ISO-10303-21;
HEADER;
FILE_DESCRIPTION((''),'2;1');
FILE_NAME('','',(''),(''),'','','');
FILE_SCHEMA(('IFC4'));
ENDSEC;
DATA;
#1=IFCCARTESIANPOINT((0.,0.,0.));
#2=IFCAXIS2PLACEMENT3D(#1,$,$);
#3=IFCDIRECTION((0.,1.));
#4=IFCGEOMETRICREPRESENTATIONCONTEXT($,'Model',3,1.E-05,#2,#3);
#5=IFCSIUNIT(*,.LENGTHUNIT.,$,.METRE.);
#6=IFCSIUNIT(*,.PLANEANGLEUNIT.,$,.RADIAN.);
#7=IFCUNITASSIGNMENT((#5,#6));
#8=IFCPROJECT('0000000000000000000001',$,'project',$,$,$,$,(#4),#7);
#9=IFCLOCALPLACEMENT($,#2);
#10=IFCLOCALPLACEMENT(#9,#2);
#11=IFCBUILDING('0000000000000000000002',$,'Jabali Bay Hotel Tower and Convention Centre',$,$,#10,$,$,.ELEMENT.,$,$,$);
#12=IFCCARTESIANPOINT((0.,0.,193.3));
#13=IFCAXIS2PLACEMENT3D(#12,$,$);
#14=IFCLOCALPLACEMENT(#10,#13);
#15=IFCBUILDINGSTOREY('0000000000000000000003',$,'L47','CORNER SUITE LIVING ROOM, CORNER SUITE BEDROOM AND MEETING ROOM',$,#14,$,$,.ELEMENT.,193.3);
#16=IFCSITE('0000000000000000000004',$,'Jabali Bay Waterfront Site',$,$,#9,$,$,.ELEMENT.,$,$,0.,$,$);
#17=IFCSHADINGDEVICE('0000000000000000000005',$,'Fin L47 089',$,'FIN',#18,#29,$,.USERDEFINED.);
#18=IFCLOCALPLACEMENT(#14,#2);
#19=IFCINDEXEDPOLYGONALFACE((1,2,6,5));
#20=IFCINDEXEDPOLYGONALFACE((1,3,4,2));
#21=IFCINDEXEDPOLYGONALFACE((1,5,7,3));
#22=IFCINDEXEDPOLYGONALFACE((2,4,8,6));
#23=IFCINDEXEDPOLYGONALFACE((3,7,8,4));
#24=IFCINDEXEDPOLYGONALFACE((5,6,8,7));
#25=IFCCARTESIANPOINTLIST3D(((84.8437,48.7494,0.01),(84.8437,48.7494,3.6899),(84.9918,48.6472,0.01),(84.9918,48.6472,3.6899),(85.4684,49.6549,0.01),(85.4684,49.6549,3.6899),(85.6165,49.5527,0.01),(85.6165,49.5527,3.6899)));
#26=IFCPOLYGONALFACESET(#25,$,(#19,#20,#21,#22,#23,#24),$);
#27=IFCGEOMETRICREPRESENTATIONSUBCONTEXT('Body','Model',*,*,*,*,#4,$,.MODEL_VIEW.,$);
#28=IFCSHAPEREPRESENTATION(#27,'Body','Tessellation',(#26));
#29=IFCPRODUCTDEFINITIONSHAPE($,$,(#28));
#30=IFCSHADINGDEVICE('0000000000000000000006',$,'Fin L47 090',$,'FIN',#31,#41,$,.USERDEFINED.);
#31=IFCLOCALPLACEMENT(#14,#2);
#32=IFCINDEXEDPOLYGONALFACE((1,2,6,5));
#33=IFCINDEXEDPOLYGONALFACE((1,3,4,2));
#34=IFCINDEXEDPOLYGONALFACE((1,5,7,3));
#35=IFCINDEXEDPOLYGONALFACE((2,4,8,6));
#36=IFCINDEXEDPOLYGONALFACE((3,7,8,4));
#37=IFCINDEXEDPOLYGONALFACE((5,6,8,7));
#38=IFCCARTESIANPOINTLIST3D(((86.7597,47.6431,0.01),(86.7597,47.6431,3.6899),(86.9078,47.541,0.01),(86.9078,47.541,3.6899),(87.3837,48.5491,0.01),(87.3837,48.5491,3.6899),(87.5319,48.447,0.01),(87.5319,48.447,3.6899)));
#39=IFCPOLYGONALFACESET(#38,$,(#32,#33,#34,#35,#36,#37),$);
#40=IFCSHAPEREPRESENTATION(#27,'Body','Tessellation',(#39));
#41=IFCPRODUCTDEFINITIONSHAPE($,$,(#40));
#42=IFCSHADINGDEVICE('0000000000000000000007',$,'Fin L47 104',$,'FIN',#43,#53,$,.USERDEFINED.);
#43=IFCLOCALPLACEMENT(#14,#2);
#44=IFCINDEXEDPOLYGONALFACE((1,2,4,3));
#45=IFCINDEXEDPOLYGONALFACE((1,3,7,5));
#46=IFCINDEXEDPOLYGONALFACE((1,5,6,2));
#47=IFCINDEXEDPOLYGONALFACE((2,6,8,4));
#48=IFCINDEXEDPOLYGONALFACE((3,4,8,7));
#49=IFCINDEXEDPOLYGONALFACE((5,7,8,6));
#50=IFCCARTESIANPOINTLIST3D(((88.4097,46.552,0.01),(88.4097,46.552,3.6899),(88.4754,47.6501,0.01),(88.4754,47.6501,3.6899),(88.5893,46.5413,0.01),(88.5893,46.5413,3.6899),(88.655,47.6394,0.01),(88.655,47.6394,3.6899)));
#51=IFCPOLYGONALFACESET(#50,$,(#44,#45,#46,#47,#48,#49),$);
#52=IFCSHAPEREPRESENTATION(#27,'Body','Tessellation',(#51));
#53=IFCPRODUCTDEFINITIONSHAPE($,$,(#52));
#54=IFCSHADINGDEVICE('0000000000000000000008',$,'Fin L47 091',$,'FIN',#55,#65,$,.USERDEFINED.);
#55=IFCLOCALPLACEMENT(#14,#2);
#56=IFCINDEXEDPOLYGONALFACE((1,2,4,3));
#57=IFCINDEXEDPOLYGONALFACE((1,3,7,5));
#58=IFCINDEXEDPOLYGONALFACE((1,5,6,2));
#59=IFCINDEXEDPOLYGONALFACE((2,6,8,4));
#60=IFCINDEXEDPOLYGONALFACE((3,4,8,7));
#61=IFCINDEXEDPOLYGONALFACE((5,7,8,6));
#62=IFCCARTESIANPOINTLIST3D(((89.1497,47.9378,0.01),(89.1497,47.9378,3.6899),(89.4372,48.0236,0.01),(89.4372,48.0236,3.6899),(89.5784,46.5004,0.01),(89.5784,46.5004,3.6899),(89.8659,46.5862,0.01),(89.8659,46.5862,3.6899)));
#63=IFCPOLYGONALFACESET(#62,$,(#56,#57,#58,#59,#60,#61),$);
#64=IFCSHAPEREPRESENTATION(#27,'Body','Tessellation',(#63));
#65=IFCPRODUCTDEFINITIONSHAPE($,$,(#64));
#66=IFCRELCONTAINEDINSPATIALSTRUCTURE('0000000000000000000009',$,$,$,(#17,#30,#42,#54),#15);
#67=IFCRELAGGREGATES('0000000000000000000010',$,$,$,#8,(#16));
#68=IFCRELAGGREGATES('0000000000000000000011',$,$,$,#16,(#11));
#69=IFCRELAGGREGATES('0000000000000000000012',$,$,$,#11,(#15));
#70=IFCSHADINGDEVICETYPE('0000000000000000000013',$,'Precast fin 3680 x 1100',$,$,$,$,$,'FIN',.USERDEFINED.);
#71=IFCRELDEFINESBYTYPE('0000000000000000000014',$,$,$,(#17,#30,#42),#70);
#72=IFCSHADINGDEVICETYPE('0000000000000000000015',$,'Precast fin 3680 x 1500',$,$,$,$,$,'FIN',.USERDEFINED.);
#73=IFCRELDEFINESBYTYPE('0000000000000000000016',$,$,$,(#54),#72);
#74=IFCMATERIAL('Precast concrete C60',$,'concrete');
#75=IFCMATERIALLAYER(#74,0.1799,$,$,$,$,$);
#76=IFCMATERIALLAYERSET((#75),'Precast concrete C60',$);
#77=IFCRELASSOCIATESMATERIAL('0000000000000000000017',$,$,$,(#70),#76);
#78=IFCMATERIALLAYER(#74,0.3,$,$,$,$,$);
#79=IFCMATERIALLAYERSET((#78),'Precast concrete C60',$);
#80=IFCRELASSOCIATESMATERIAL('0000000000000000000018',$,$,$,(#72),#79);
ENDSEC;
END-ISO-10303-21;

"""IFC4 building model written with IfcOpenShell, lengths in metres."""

from ifc_helpers import new_model, si_unit, direction, frame, frame_2d, origin, place, context, subcontext, project, spatial, rectangle, extrude, material, layer, layer_set, type_object, element, save


model = new_model("IFC4")

# Units and contexts
model_context = context("Model", 3, precision=1e-05, world=origin(), true_north=direction((0.0, 1.0)))
body_context = subcontext(model_context, "Body", "Model", "MODEL_VIEW")
ifc_project = project(units=[si_unit("LENGTHUNIT", "METRE"), si_unit("PLANEANGLEUNIT", "RADIAN")], contexts=[model_context])

# Site, building, storey
site_placement = place(None, origin())
site = spatial("IfcSite", under=ifc_project, at=site_placement, Name="Jabali Bay Waterfront Site", CompositionType="ELEMENT", RefElevation=0.0)
building_placement = place(site_placement, origin())
building = spatial("IfcBuilding", under=site, at=building_placement, Name="Jabali Bay Hotel Tower and Convention Centre", CompositionType="ELEMENT")
storey_placement = place(building_placement, frame((0.0, 0.0, 193.3)))
storey = spatial("IfcBuildingStorey", under=building, at=storey_placement, Name="L47", Description="CORNER SUITE LIVING ROOM, CORNER SUITE BEDROOM AND MEETING ROOM", CompositionType="ELEMENT", Elevation=193.3)

# Shading devices
ifc_material_1 = material(Name="Precast concrete C60", Category="concrete")
ifc_layer_1 = layer(ifc_material_1, 0.1799)
ifc_layer_set_1 = layer_set([ifc_layer_1], Name="Precast concrete C60")
shading_device_type_1 = type_object("IfcShadingDeviceType", Name="Precast fin 3680 x 1100", ElementType="FIN", PredefinedType="USERDEFINED", material=ifc_layer_set_1)
for number, where, z_axis, x_axis, name in (
    (1, (85.5425, 49.6038, 0.01), (0.0, 0.0, 1.0), (-0.567894, -0.823102, 0.0), "Fin L47 089"),
    (2, (87.4578, 48.498, 0.01), (0.0, 0.0, 1.0), (-0.567235, -0.823556, 0.0), "Fin L47 090"),
    (3, (88.5652, 47.6448, 0.01), (0.0, 0.0, 1.0), (-0.059698, -0.998217, 0.0), "Fin L47 104"),
):
    element("IfcShadingDevice", number, at=place(storey_placement, frame(where, z_axis=z_axis, x_axis=x_axis)), inside=storey, type_object=shading_device_type_1, Name=name, ObjectType="FIN", PredefinedType="USERDEFINED", context=body_context, shape_type="SweptSolid", body=[
        extrude(rectangle(XDim=1.1001, YDim=0.1799, at=frame_2d((0.55, 0.0))), origin(), (0.0, 0.0, 1.0), 3.6799),
    ])
ifc_layer_2 = layer(ifc_material_1, 0.3)
ifc_layer_set_2 = layer_set([ifc_layer_2], Name="Precast concrete C60")
shading_device_type_2 = type_object("IfcShadingDeviceType", Name="Precast fin 3680 x 1500", ElementType="FIN", PredefinedType="USERDEFINED", material=ifc_layer_set_2)
shading_device_1_placement = place(storey_placement, frame((89.2935, 47.9807, 0.01), z_axis=(0.0, 0.0, 1.0), x_axis=(0.285795, -0.958291, 0.0)))
element("IfcShadingDevice", 4, at=shading_device_1_placement, inside=storey, type_object=shading_device_type_2, Name="Fin L47 091", ObjectType="FIN", PredefinedType="USERDEFINED", context=body_context, shape_type="SweptSolid", body=[
    extrude(rectangle(XDim=1.5, YDim=0.3, at=frame_2d((0.75, 0.0))), origin(), (0.0, 0.0, 1.0), 3.6799),
])

save(model, "model.ifc")
